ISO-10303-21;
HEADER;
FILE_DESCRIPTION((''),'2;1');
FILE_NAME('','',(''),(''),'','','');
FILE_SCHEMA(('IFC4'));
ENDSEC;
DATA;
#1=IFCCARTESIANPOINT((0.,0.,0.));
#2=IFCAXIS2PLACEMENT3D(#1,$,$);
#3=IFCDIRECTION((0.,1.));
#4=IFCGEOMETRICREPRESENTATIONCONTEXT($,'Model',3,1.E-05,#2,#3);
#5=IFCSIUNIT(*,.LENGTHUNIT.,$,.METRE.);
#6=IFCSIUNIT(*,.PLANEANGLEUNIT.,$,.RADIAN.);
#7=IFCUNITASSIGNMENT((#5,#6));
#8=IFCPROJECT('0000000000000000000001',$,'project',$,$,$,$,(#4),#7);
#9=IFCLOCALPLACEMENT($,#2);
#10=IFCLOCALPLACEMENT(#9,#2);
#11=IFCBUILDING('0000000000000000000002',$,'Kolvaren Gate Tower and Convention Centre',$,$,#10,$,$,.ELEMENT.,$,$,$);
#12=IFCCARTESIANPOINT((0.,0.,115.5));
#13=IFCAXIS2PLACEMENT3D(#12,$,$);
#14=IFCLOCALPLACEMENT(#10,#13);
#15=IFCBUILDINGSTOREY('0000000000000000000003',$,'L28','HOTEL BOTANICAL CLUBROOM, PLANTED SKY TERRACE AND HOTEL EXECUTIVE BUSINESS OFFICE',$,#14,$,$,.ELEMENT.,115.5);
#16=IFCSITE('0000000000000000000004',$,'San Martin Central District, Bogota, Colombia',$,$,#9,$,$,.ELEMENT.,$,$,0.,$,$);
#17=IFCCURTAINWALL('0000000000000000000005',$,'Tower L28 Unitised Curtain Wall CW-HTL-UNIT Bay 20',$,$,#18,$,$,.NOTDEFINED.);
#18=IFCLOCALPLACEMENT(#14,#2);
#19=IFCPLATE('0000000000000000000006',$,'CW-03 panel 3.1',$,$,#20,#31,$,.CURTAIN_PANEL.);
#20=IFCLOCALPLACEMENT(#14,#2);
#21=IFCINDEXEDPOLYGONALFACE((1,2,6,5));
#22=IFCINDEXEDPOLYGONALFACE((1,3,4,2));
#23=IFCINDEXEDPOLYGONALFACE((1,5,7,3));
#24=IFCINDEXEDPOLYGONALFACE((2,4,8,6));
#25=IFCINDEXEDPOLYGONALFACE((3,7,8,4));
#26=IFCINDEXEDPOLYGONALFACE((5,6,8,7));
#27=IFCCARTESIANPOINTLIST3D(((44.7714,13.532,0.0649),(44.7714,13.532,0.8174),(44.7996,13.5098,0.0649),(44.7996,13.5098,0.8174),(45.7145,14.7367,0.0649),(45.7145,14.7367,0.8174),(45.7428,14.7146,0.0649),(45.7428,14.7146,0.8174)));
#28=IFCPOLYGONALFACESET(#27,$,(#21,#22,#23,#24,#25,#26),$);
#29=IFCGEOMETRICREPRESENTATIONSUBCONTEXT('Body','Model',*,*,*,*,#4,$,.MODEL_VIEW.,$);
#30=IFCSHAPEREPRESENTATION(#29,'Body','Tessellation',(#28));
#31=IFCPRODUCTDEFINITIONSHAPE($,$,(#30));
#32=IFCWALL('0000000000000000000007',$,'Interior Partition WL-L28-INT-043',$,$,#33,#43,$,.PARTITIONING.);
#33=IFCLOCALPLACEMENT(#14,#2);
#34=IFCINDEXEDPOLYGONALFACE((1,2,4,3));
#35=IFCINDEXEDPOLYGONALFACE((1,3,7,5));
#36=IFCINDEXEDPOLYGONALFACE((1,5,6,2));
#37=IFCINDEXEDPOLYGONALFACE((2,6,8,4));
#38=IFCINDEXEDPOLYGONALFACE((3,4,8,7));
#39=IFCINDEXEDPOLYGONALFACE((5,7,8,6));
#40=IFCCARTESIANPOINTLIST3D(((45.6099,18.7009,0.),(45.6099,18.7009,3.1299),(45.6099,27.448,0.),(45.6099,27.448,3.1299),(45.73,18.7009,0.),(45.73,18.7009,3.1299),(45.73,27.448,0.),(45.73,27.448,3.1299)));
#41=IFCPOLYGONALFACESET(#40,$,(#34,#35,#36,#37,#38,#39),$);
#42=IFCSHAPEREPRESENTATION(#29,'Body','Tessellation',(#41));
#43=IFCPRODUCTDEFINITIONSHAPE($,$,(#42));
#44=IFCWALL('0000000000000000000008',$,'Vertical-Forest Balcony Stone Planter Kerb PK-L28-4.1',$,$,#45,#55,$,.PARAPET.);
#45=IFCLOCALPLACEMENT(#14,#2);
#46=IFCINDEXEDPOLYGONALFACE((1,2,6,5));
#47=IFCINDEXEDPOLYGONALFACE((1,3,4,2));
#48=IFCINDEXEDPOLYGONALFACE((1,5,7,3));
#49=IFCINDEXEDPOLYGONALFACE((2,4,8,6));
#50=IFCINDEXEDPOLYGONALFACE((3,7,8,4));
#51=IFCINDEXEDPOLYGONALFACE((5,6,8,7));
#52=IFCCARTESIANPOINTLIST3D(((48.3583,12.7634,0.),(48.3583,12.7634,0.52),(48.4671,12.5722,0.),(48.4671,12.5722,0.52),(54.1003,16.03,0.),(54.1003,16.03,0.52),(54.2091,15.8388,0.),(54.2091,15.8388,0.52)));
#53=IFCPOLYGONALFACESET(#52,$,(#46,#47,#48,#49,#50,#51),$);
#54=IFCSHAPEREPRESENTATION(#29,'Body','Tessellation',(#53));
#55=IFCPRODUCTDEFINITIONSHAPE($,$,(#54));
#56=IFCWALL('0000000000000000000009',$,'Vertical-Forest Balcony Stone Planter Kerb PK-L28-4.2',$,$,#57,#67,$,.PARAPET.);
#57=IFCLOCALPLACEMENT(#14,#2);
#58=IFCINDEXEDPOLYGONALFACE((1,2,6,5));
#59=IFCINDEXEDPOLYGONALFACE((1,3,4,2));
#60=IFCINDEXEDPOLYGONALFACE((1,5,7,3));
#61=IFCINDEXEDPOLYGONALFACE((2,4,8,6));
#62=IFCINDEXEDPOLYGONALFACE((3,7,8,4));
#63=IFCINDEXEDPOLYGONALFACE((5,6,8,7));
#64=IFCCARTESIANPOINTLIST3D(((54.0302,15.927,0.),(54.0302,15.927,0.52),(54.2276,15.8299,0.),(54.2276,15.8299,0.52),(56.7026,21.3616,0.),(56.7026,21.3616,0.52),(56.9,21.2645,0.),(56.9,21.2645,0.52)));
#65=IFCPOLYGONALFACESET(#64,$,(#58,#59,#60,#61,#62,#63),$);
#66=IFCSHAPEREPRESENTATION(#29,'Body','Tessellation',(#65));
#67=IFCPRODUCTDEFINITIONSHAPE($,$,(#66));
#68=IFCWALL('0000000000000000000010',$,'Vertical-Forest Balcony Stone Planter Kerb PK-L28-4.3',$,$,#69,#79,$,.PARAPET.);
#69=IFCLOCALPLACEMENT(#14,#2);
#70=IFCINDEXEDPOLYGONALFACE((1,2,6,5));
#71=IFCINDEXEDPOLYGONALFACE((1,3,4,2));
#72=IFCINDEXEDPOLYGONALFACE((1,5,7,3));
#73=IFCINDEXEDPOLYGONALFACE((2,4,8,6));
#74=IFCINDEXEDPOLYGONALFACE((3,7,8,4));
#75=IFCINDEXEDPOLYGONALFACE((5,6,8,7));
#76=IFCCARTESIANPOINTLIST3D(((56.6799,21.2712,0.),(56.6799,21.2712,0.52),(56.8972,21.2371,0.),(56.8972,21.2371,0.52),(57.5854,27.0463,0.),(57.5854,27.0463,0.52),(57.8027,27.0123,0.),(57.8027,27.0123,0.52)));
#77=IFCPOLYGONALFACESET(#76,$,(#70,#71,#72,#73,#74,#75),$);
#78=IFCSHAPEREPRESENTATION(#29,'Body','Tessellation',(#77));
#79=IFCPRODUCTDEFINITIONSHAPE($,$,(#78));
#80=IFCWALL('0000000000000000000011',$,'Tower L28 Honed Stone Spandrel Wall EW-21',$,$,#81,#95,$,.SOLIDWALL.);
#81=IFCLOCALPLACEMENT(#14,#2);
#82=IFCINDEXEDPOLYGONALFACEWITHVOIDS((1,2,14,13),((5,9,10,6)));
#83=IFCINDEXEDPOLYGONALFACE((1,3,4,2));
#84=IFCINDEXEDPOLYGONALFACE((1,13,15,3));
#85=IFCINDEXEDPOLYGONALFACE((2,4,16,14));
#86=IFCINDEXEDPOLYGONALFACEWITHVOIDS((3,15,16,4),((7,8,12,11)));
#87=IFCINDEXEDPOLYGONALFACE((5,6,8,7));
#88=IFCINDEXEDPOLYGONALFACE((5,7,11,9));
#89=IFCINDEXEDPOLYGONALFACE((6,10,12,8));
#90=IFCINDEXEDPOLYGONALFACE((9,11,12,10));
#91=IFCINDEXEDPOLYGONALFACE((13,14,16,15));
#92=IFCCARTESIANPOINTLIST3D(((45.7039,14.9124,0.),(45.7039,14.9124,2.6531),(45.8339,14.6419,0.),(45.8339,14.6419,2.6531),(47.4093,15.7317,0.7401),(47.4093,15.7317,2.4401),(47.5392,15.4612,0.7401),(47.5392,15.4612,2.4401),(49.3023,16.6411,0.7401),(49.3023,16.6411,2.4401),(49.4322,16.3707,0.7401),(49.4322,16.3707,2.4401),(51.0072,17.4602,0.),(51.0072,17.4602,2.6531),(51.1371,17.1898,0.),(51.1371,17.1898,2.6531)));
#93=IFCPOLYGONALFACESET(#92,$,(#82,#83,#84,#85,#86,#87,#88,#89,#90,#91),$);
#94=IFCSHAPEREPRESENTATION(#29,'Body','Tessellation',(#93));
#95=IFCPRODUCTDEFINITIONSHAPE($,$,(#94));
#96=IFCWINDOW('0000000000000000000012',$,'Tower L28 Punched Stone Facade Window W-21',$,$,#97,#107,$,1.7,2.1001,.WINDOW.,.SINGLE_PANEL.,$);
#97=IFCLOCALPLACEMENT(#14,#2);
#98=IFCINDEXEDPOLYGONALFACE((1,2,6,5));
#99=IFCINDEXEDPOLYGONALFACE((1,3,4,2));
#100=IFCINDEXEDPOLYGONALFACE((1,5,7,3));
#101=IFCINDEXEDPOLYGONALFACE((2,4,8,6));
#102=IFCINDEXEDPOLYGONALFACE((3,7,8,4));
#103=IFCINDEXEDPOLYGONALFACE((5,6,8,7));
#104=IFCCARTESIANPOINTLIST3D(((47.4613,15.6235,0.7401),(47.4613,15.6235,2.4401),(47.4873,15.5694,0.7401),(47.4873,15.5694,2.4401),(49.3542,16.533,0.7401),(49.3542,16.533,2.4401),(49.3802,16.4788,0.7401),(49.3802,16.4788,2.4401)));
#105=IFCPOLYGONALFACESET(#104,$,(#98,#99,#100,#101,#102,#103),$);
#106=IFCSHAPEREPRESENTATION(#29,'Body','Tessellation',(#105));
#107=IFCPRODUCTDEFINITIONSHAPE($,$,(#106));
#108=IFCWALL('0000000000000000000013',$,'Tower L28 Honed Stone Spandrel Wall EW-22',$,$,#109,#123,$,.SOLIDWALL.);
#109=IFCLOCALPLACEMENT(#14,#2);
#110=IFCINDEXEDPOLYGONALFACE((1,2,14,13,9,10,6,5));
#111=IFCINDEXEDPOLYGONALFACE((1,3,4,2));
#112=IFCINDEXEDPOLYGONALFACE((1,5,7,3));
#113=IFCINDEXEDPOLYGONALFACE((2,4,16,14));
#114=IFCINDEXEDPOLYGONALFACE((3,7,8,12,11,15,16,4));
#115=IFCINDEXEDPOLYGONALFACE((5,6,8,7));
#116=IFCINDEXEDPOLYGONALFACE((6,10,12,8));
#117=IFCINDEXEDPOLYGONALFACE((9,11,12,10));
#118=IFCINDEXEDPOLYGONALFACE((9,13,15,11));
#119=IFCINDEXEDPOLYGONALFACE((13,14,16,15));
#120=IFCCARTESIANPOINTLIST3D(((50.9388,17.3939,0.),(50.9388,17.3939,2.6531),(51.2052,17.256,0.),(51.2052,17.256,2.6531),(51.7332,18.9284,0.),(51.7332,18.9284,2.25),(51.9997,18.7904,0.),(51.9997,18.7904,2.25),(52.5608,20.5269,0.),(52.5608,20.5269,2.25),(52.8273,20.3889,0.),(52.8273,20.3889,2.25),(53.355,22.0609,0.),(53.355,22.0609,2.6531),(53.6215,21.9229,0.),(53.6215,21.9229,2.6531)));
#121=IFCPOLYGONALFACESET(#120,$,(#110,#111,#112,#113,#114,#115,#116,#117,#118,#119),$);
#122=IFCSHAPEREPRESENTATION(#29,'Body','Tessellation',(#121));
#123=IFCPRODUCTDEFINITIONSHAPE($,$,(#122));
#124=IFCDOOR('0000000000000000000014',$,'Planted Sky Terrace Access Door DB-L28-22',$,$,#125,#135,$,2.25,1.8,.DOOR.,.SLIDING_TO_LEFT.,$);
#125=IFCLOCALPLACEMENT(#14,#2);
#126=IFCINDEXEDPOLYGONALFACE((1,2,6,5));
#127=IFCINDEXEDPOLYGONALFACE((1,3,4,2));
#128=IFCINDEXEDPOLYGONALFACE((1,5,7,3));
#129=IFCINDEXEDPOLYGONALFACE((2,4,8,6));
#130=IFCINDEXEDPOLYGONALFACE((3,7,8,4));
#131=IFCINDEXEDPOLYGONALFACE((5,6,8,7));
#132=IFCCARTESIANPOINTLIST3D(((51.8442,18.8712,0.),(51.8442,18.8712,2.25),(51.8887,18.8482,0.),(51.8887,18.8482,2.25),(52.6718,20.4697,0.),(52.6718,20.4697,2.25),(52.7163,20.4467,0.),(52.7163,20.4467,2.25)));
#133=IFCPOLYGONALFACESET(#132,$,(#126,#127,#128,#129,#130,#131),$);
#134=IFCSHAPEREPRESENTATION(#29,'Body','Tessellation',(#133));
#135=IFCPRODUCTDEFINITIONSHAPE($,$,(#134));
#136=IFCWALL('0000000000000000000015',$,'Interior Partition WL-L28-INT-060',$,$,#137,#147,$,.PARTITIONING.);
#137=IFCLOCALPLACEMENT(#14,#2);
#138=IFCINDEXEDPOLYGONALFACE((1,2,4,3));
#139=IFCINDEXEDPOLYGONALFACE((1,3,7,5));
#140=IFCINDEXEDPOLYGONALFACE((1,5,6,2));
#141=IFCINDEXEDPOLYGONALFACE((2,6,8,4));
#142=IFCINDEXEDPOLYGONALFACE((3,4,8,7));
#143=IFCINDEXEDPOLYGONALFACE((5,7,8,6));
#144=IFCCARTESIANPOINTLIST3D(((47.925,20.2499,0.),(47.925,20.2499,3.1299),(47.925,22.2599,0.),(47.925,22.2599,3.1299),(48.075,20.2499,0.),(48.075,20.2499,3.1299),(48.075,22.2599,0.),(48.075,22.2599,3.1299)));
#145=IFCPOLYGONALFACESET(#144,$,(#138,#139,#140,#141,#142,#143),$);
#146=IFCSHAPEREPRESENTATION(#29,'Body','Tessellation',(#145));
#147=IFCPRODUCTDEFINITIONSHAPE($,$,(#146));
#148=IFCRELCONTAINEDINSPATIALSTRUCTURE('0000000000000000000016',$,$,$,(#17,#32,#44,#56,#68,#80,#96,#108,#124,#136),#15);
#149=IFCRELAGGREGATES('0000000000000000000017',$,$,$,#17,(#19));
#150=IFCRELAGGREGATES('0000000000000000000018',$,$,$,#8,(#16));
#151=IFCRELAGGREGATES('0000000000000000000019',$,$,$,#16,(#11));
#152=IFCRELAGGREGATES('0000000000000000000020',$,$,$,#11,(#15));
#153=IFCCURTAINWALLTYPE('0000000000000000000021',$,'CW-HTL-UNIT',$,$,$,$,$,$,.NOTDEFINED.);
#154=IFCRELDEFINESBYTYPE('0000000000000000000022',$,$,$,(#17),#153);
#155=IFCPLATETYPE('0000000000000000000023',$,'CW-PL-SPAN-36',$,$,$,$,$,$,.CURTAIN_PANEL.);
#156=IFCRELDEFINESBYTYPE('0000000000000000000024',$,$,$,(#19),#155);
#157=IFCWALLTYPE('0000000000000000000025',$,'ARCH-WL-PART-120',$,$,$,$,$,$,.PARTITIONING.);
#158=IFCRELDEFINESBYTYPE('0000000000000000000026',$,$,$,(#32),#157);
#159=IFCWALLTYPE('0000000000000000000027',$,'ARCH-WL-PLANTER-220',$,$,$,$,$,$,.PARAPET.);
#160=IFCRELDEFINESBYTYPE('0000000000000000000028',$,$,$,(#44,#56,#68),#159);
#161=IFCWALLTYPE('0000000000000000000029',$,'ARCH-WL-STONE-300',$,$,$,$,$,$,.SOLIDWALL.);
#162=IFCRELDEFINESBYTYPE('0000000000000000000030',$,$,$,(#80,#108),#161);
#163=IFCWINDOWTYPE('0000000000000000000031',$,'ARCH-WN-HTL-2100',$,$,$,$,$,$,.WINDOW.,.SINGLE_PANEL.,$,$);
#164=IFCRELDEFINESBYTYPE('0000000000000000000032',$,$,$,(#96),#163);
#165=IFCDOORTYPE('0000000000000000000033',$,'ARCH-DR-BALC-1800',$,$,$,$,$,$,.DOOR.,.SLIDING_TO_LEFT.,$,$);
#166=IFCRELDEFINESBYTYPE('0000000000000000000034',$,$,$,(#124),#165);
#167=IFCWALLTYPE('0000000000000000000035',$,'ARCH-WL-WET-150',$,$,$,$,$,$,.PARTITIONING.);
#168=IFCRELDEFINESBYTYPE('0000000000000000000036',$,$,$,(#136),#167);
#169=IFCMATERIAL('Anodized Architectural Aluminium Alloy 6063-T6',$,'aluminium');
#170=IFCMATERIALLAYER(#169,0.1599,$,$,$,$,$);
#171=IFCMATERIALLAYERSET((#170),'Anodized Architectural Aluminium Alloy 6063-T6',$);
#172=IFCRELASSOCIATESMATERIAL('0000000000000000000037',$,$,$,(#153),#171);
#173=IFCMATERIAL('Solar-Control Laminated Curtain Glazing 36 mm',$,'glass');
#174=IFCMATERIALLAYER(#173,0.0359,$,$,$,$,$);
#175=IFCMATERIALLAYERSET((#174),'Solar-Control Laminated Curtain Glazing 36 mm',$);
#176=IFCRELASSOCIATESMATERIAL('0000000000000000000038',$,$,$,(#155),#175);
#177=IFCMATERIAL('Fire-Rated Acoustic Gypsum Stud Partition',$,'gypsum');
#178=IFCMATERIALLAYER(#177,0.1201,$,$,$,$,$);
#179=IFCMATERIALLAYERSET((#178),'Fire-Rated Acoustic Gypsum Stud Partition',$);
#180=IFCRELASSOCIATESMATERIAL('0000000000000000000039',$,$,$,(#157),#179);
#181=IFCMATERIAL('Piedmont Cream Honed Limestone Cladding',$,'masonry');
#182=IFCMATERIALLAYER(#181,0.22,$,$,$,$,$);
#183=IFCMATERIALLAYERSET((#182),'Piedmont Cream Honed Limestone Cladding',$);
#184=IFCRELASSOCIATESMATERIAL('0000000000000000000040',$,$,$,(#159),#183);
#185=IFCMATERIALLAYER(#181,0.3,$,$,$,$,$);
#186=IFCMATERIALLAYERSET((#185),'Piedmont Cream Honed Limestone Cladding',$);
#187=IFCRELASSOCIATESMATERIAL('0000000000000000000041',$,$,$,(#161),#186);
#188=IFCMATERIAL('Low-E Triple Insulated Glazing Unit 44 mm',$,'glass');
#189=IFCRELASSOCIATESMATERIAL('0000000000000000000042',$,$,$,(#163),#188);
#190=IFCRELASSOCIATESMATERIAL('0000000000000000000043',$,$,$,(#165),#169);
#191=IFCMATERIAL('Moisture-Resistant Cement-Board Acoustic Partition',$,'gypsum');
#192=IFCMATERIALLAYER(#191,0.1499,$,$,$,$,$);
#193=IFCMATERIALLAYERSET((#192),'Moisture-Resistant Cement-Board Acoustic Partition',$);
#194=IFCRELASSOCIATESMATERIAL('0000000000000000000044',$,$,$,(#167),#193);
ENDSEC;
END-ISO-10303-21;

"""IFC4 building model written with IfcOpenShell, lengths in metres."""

from ifc_helpers import new_model, si_unit, direction, frame, frame_2d, origin, origin_2d, place, context, subcontext, project, spatial, rectangle, extrude, material, layer, layer_set, type_object, element, fill, aggregate, save


model = new_model("IFC4")

# Units and contexts
model_context = context("Model", 3, precision=1e-05, world=origin(), true_north=direction((0.0, 1.0)))
body_context = subcontext(model_context, "Body", "Model", "MODEL_VIEW")
ifc_project = project(units=[si_unit("LENGTHUNIT", "METRE"), si_unit("PLANEANGLEUNIT", "RADIAN")], contexts=[model_context])

# Site, building, storey
site_placement = place(None, origin())
site = spatial("IfcSite", under=ifc_project, at=site_placement, Name="San Martin Central District, Bogota, Colombia", CompositionType="ELEMENT", RefElevation=0.0)
building_placement = place(site_placement, origin())
building = spatial("IfcBuilding", under=site, at=building_placement, Name="Kolvaren Gate Tower and Convention Centre", CompositionType="ELEMENT")
storey_placement = place(building_placement, frame((0.0, 0.0, 115.5)))
storey = spatial("IfcBuildingStorey", under=building, at=storey_placement, Name="L28", Description="HOTEL BOTANICAL CLUBROOM, PLANTED SKY TERRACE AND HOTEL EXECUTIVE BUSINESS OFFICE", CompositionType="ELEMENT", Elevation=115.5)

# Curtain wall
ifc_material_1 = material(Name="Anodized Architectural Aluminium Alloy 6063-T6", Category="aluminium")
ifc_layer_1 = layer(ifc_material_1, 0.1599)
ifc_layer_set_1 = layer_set([ifc_layer_1], Name="Anodized Architectural Aluminium Alloy 6063-T6")
curtain_wall_type = type_object("IfcCurtainWallType", Name="CW-HTL-UNIT", PredefinedType="NOTDEFINED", material=ifc_layer_set_1)
curtain_wall_placement = place(storey_placement, origin())
curtain_wall = element("IfcCurtainWall", 1, at=curtain_wall_placement, inside=storey, type_object=curtain_wall_type, Name="Tower L28 Unitised Curtain Wall CW-HTL-UNIT Bay 20", PredefinedType="NOTDEFINED")

# Plate
ifc_material_2 = material(Name="Low-E Triple Insulated Glazing Unit 44 mm", Category="glass")
ifc_material_3 = material(Name="Solar-Control Laminated Curtain Glazing 36 mm", Category="glass")
ifc_layer_2 = layer(ifc_material_3, 0.0359)
ifc_layer_set_2 = layer_set([ifc_layer_2], Name="Solar-Control Laminated Curtain Glazing 36 mm")
plate_type_1 = type_object("IfcPlateType", Name="CW-PL-SPAN-36", PredefinedType="CURTAIN_PANEL", material=ifc_layer_set_2)
plate_1_placement = place(storey_placement, frame((45.2571, 14.1233, 0.0649), z_axis=(0.0, 0.0, 1.0), x_axis=(0.616426, 0.787413, 0.0)))
plate_1 = element("IfcPlate", 2, at=plate_1_placement, type_object=plate_type_1, Name="CW-03 panel 3.1", PredefinedType="CURTAIN_PANEL", context=body_context, shape_type="SweptSolid", body=[
    extrude(rectangle(XDim=1.53, YDim=0.0359, at=origin_2d()), origin(), (0.0, 0.0, 1.0), 0.7524),
])
aggregate(curtain_wall, [plate_1])

# Walls
ifc_material_4 = material(Name="Fire-Rated Acoustic Gypsum Stud Partition", Category="gypsum")
ifc_layer_3 = layer(ifc_material_4, 0.1201)
ifc_layer_set_3 = layer_set([ifc_layer_3], Name="Fire-Rated Acoustic Gypsum Stud Partition")
wall_type_1 = type_object("IfcWallType", Name="ARCH-WL-PART-120", PredefinedType="PARTITIONING", material=ifc_layer_set_3)
wall_1_placement = place(storey_placement, frame((45.6699, 18.7009, 0.0), z_axis=(0.0, 0.0, 1.0), x_axis=(0.0, 1.0, 0.0)))
element("IfcWall", 3, at=wall_1_placement, inside=storey, type_object=wall_type_1, Name="Interior Partition WL-L28-INT-043", PredefinedType="PARTITIONING", context=body_context, shape_type="SweptSolid", body=[
    extrude(rectangle(XDim=8.7471, YDim=0.1201, at=frame_2d((4.3735, 0.0))), origin(), (0.0, 0.0, 1.0), 3.1299),
])
ifc_material_5 = material(Name="Piedmont Cream Honed Limestone Cladding", Category="masonry")
ifc_layer_4 = layer(ifc_material_5, 0.22)
ifc_layer_set_4 = layer_set([ifc_layer_4], Name="Piedmont Cream Honed Limestone Cladding")
wall_type_2 = type_object("IfcWallType", Name="ARCH-WL-PLANTER-220", PredefinedType="PARAPET", material=ifc_layer_set_4)
wall_2_placement = place(storey_placement, frame((48.4126, 12.6677, 0.0), z_axis=(0.0, 0.0, 1.0), x_axis=(0.869188, 0.494482, 0.0)))
element("IfcWall", 4, at=wall_2_placement, inside=storey, type_object=wall_type_2, Name="Vertical-Forest Balcony Stone Planter Kerb PK-L28-4.1", PredefinedType="PARAPET", context=body_context, shape_type="SweptSolid", body=[
    extrude(rectangle(XDim=6.6062, YDim=0.22, at=frame_2d((3.3032, 0.0))), origin(), (0.0, 0.0, 1.0), 0.52),
])
wall_3_placement = place(storey_placement, frame((54.1289, 15.8784, 0.0), z_axis=(0.0, 0.0, 1.0), x_axis=(0.44127, 0.897375, 0.0)))
element("IfcWall", 5, at=wall_3_placement, inside=storey, type_object=wall_type_2, Name="Vertical-Forest Balcony Stone Planter Kerb PK-L28-4.2", PredefinedType="PARAPET", context=body_context, shape_type="SweptSolid", body=[
    extrude(rectangle(XDim=6.0562, YDim=0.22, at=frame_2d((3.0281, 0.0))), origin(), (0.0, 0.0, 1.0), 0.52),
])
wall_4_placement = place(storey_placement, frame((56.7886, 21.2542, 0.0), z_axis=(0.0, 0.0, 1.0), x_axis=(0.154903, 0.98793, 0.0)))
element("IfcWall", 6, at=wall_4_placement, inside=storey, type_object=wall_type_2, Name="Vertical-Forest Balcony Stone Planter Kerb PK-L28-4.3", PredefinedType="PARAPET", context=body_context, shape_type="SweptSolid", body=[
    extrude(rectangle(XDim=5.8457, YDim=0.22, at=frame_2d((2.9229, 0.0))), origin(), (0.0, 0.0, 1.0), 0.52),
])

# Wall, opening, window
ifc_layer_5 = layer(ifc_material_5, 0.3)
ifc_layer_set_5 = layer_set([ifc_layer_5], Name="Piedmont Cream Honed Limestone Cladding")
wall_type_3 = type_object("IfcWallType", Name="ARCH-WL-STONE-300", PredefinedType="SOLIDWALL", material=ifc_layer_set_5)
wall_5_placement = place(storey_placement, frame((45.7688, 14.7771, 0.0), z_axis=(0.0, 0.0, 1.0), x_axis=(0.90137, 0.433049, 0.0)))
wall_5 = element("IfcWall", 7, at=wall_5_placement, inside=storey, type_object=wall_type_3, Name="Tower L28 Honed Stone Spandrel Wall EW-21", PredefinedType="SOLIDWALL", context=body_context, shape_type="SweptSolid", body=[
    extrude(rectangle(XDim=5.8835, YDim=0.3, at=frame_2d((2.9419, 0.0))), origin(), (0.0, 0.0, 1.0), 2.6531),
])
opening_1_placement = place(wall_5_placement, frame((1.8921, 0.0, 0.74)))
opening_1 = element("IfcOpeningElement", 8, at=opening_1_placement, cuts=wall_5, PredefinedType="OPENING", context=body_context, shape_type="SweptSolid", body=[
    extrude(rectangle(XDim=2.1001, YDim=1.7, at=frame_2d((1.05, 0.8501))), frame((0.0, 0.1599, 0.0), z_axis=(0.0, -1.0, 0.0), x_axis=(1.0, 0.0, 0.0)), (0.0, 0.0, 1.0), 0.3201),
])
window_type = type_object("IfcWindowType", Name="ARCH-WN-HTL-2100", PartitioningType="SINGLE_PANEL", PredefinedType="WINDOW", material=ifc_material_2)
window_placement = place(opening_1_placement, origin())
window = element("IfcWindow", 9, at=window_placement, inside=storey, type_object=window_type, Name="Tower L28 Punched Stone Facade Window W-21", OverallHeight=1.7, OverallWidth=2.1001, PartitioningType="SINGLE_PANEL", PredefinedType="WINDOW", context=body_context, shape_type="SweptSolid", body=[
    extrude(rectangle(XDim=2.1001, YDim=1.7, at=frame_2d((1.05, 0.8501))), frame((0.0, 0.03, 0.0), z_axis=(0.0, -1.0, 0.0), x_axis=(1.0, 0.0, 0.0)), (0.0, 0.0, 1.0), 0.0601),
])
fill(opening_1, window)

# Wall, opening, door
wall_6_placement = place(storey_placement, frame((51.072, 17.325, 0.0), z_axis=(0.0, 0.0, 1.0), x_axis=(0.459768, 0.888039, 0.0)))
wall_6 = element("IfcWall", 10, at=wall_6_placement, inside=storey, type_object=wall_type_3, Name="Tower L28 Honed Stone Spandrel Wall EW-22", PredefinedType="SOLIDWALL", context=body_context, shape_type="SweptSolid", body=[
    extrude(rectangle(XDim=5.2554, YDim=0.3, at=frame_2d((2.6277, 0.0))), origin(), (0.0, 0.0, 1.0), 2.6531),
])
opening_2_placement = place(wall_6_placement, frame((1.728, 0.0, 0.0)))
opening_2 = element("IfcOpeningElement", 11, at=opening_2_placement, cuts=wall_6, PredefinedType="OPENING", context=body_context, shape_type="SweptSolid", body=[
    extrude(rectangle(XDim=1.8, YDim=2.25, at=frame_2d((0.8999, 1.125))), frame((0.0, 0.1599, 0.0), z_axis=(0.0, -1.0, 0.0), x_axis=(1.0, 0.0, 0.0)), (0.0, 0.0, 1.0), 0.3201),
])
door_type_1 = type_object("IfcDoorType", Name="ARCH-DR-BALC-1800", OperationType="SLIDING_TO_LEFT", PredefinedType="DOOR", material=ifc_material_1)
door_1_placement = place(opening_2_placement, frame((1.8, 0.0, 0.0), z_axis=(0.0, 0.0, 1.0), x_axis=(-1.0, 0.0, 0.0)))
door_1 = element("IfcDoor", 12, at=door_1_placement, inside=storey, type_object=door_type_1, Name="Planted Sky Terrace Access Door DB-L28-22", OperationType="SLIDING_TO_LEFT", OverallHeight=2.25, OverallWidth=1.8, PredefinedType="DOOR", context=body_context, shape_type="SweptSolid", body=[
    extrude(rectangle(XDim=1.8, YDim=2.25, at=frame_2d((0.8999, 1.125))), frame((0.0, 0.0249, 0.0), z_axis=(0.0, -1.0, 0.0), x_axis=(1.0, 0.0, 0.0)), (0.0, 0.0, 1.0), 0.05),
])
fill(opening_2, door_1)

# Wall
ifc_material_6 = material(Name="Moisture-Resistant Cement-Board Acoustic Partition", Category="gypsum")
ifc_layer_6 = layer(ifc_material_6, 0.1499)
ifc_layer_set_6 = layer_set([ifc_layer_6], Name="Moisture-Resistant Cement-Board Acoustic Partition")
wall_type_4 = type_object("IfcWallType", Name="ARCH-WL-WET-150", PredefinedType="PARTITIONING", material=ifc_layer_set_6)
wall_7_placement = place(storey_placement, frame((48.0, 20.25, 0.0), z_axis=(0.0, 0.0, 1.0), x_axis=(0.0, 1.0, 0.0)))
element("IfcWall", 13, at=wall_7_placement, inside=storey, type_object=wall_type_4, Name="Interior Partition WL-L28-INT-060", PredefinedType="PARTITIONING", context=body_context, shape_type="SweptSolid", body=[
    extrude(rectangle(XDim=2.01, YDim=0.1499, at=frame_2d((1.0049, 0.0))), origin(), (0.0, 0.0, 1.0), 3.1299),
])

save(model, "model.ifc")
